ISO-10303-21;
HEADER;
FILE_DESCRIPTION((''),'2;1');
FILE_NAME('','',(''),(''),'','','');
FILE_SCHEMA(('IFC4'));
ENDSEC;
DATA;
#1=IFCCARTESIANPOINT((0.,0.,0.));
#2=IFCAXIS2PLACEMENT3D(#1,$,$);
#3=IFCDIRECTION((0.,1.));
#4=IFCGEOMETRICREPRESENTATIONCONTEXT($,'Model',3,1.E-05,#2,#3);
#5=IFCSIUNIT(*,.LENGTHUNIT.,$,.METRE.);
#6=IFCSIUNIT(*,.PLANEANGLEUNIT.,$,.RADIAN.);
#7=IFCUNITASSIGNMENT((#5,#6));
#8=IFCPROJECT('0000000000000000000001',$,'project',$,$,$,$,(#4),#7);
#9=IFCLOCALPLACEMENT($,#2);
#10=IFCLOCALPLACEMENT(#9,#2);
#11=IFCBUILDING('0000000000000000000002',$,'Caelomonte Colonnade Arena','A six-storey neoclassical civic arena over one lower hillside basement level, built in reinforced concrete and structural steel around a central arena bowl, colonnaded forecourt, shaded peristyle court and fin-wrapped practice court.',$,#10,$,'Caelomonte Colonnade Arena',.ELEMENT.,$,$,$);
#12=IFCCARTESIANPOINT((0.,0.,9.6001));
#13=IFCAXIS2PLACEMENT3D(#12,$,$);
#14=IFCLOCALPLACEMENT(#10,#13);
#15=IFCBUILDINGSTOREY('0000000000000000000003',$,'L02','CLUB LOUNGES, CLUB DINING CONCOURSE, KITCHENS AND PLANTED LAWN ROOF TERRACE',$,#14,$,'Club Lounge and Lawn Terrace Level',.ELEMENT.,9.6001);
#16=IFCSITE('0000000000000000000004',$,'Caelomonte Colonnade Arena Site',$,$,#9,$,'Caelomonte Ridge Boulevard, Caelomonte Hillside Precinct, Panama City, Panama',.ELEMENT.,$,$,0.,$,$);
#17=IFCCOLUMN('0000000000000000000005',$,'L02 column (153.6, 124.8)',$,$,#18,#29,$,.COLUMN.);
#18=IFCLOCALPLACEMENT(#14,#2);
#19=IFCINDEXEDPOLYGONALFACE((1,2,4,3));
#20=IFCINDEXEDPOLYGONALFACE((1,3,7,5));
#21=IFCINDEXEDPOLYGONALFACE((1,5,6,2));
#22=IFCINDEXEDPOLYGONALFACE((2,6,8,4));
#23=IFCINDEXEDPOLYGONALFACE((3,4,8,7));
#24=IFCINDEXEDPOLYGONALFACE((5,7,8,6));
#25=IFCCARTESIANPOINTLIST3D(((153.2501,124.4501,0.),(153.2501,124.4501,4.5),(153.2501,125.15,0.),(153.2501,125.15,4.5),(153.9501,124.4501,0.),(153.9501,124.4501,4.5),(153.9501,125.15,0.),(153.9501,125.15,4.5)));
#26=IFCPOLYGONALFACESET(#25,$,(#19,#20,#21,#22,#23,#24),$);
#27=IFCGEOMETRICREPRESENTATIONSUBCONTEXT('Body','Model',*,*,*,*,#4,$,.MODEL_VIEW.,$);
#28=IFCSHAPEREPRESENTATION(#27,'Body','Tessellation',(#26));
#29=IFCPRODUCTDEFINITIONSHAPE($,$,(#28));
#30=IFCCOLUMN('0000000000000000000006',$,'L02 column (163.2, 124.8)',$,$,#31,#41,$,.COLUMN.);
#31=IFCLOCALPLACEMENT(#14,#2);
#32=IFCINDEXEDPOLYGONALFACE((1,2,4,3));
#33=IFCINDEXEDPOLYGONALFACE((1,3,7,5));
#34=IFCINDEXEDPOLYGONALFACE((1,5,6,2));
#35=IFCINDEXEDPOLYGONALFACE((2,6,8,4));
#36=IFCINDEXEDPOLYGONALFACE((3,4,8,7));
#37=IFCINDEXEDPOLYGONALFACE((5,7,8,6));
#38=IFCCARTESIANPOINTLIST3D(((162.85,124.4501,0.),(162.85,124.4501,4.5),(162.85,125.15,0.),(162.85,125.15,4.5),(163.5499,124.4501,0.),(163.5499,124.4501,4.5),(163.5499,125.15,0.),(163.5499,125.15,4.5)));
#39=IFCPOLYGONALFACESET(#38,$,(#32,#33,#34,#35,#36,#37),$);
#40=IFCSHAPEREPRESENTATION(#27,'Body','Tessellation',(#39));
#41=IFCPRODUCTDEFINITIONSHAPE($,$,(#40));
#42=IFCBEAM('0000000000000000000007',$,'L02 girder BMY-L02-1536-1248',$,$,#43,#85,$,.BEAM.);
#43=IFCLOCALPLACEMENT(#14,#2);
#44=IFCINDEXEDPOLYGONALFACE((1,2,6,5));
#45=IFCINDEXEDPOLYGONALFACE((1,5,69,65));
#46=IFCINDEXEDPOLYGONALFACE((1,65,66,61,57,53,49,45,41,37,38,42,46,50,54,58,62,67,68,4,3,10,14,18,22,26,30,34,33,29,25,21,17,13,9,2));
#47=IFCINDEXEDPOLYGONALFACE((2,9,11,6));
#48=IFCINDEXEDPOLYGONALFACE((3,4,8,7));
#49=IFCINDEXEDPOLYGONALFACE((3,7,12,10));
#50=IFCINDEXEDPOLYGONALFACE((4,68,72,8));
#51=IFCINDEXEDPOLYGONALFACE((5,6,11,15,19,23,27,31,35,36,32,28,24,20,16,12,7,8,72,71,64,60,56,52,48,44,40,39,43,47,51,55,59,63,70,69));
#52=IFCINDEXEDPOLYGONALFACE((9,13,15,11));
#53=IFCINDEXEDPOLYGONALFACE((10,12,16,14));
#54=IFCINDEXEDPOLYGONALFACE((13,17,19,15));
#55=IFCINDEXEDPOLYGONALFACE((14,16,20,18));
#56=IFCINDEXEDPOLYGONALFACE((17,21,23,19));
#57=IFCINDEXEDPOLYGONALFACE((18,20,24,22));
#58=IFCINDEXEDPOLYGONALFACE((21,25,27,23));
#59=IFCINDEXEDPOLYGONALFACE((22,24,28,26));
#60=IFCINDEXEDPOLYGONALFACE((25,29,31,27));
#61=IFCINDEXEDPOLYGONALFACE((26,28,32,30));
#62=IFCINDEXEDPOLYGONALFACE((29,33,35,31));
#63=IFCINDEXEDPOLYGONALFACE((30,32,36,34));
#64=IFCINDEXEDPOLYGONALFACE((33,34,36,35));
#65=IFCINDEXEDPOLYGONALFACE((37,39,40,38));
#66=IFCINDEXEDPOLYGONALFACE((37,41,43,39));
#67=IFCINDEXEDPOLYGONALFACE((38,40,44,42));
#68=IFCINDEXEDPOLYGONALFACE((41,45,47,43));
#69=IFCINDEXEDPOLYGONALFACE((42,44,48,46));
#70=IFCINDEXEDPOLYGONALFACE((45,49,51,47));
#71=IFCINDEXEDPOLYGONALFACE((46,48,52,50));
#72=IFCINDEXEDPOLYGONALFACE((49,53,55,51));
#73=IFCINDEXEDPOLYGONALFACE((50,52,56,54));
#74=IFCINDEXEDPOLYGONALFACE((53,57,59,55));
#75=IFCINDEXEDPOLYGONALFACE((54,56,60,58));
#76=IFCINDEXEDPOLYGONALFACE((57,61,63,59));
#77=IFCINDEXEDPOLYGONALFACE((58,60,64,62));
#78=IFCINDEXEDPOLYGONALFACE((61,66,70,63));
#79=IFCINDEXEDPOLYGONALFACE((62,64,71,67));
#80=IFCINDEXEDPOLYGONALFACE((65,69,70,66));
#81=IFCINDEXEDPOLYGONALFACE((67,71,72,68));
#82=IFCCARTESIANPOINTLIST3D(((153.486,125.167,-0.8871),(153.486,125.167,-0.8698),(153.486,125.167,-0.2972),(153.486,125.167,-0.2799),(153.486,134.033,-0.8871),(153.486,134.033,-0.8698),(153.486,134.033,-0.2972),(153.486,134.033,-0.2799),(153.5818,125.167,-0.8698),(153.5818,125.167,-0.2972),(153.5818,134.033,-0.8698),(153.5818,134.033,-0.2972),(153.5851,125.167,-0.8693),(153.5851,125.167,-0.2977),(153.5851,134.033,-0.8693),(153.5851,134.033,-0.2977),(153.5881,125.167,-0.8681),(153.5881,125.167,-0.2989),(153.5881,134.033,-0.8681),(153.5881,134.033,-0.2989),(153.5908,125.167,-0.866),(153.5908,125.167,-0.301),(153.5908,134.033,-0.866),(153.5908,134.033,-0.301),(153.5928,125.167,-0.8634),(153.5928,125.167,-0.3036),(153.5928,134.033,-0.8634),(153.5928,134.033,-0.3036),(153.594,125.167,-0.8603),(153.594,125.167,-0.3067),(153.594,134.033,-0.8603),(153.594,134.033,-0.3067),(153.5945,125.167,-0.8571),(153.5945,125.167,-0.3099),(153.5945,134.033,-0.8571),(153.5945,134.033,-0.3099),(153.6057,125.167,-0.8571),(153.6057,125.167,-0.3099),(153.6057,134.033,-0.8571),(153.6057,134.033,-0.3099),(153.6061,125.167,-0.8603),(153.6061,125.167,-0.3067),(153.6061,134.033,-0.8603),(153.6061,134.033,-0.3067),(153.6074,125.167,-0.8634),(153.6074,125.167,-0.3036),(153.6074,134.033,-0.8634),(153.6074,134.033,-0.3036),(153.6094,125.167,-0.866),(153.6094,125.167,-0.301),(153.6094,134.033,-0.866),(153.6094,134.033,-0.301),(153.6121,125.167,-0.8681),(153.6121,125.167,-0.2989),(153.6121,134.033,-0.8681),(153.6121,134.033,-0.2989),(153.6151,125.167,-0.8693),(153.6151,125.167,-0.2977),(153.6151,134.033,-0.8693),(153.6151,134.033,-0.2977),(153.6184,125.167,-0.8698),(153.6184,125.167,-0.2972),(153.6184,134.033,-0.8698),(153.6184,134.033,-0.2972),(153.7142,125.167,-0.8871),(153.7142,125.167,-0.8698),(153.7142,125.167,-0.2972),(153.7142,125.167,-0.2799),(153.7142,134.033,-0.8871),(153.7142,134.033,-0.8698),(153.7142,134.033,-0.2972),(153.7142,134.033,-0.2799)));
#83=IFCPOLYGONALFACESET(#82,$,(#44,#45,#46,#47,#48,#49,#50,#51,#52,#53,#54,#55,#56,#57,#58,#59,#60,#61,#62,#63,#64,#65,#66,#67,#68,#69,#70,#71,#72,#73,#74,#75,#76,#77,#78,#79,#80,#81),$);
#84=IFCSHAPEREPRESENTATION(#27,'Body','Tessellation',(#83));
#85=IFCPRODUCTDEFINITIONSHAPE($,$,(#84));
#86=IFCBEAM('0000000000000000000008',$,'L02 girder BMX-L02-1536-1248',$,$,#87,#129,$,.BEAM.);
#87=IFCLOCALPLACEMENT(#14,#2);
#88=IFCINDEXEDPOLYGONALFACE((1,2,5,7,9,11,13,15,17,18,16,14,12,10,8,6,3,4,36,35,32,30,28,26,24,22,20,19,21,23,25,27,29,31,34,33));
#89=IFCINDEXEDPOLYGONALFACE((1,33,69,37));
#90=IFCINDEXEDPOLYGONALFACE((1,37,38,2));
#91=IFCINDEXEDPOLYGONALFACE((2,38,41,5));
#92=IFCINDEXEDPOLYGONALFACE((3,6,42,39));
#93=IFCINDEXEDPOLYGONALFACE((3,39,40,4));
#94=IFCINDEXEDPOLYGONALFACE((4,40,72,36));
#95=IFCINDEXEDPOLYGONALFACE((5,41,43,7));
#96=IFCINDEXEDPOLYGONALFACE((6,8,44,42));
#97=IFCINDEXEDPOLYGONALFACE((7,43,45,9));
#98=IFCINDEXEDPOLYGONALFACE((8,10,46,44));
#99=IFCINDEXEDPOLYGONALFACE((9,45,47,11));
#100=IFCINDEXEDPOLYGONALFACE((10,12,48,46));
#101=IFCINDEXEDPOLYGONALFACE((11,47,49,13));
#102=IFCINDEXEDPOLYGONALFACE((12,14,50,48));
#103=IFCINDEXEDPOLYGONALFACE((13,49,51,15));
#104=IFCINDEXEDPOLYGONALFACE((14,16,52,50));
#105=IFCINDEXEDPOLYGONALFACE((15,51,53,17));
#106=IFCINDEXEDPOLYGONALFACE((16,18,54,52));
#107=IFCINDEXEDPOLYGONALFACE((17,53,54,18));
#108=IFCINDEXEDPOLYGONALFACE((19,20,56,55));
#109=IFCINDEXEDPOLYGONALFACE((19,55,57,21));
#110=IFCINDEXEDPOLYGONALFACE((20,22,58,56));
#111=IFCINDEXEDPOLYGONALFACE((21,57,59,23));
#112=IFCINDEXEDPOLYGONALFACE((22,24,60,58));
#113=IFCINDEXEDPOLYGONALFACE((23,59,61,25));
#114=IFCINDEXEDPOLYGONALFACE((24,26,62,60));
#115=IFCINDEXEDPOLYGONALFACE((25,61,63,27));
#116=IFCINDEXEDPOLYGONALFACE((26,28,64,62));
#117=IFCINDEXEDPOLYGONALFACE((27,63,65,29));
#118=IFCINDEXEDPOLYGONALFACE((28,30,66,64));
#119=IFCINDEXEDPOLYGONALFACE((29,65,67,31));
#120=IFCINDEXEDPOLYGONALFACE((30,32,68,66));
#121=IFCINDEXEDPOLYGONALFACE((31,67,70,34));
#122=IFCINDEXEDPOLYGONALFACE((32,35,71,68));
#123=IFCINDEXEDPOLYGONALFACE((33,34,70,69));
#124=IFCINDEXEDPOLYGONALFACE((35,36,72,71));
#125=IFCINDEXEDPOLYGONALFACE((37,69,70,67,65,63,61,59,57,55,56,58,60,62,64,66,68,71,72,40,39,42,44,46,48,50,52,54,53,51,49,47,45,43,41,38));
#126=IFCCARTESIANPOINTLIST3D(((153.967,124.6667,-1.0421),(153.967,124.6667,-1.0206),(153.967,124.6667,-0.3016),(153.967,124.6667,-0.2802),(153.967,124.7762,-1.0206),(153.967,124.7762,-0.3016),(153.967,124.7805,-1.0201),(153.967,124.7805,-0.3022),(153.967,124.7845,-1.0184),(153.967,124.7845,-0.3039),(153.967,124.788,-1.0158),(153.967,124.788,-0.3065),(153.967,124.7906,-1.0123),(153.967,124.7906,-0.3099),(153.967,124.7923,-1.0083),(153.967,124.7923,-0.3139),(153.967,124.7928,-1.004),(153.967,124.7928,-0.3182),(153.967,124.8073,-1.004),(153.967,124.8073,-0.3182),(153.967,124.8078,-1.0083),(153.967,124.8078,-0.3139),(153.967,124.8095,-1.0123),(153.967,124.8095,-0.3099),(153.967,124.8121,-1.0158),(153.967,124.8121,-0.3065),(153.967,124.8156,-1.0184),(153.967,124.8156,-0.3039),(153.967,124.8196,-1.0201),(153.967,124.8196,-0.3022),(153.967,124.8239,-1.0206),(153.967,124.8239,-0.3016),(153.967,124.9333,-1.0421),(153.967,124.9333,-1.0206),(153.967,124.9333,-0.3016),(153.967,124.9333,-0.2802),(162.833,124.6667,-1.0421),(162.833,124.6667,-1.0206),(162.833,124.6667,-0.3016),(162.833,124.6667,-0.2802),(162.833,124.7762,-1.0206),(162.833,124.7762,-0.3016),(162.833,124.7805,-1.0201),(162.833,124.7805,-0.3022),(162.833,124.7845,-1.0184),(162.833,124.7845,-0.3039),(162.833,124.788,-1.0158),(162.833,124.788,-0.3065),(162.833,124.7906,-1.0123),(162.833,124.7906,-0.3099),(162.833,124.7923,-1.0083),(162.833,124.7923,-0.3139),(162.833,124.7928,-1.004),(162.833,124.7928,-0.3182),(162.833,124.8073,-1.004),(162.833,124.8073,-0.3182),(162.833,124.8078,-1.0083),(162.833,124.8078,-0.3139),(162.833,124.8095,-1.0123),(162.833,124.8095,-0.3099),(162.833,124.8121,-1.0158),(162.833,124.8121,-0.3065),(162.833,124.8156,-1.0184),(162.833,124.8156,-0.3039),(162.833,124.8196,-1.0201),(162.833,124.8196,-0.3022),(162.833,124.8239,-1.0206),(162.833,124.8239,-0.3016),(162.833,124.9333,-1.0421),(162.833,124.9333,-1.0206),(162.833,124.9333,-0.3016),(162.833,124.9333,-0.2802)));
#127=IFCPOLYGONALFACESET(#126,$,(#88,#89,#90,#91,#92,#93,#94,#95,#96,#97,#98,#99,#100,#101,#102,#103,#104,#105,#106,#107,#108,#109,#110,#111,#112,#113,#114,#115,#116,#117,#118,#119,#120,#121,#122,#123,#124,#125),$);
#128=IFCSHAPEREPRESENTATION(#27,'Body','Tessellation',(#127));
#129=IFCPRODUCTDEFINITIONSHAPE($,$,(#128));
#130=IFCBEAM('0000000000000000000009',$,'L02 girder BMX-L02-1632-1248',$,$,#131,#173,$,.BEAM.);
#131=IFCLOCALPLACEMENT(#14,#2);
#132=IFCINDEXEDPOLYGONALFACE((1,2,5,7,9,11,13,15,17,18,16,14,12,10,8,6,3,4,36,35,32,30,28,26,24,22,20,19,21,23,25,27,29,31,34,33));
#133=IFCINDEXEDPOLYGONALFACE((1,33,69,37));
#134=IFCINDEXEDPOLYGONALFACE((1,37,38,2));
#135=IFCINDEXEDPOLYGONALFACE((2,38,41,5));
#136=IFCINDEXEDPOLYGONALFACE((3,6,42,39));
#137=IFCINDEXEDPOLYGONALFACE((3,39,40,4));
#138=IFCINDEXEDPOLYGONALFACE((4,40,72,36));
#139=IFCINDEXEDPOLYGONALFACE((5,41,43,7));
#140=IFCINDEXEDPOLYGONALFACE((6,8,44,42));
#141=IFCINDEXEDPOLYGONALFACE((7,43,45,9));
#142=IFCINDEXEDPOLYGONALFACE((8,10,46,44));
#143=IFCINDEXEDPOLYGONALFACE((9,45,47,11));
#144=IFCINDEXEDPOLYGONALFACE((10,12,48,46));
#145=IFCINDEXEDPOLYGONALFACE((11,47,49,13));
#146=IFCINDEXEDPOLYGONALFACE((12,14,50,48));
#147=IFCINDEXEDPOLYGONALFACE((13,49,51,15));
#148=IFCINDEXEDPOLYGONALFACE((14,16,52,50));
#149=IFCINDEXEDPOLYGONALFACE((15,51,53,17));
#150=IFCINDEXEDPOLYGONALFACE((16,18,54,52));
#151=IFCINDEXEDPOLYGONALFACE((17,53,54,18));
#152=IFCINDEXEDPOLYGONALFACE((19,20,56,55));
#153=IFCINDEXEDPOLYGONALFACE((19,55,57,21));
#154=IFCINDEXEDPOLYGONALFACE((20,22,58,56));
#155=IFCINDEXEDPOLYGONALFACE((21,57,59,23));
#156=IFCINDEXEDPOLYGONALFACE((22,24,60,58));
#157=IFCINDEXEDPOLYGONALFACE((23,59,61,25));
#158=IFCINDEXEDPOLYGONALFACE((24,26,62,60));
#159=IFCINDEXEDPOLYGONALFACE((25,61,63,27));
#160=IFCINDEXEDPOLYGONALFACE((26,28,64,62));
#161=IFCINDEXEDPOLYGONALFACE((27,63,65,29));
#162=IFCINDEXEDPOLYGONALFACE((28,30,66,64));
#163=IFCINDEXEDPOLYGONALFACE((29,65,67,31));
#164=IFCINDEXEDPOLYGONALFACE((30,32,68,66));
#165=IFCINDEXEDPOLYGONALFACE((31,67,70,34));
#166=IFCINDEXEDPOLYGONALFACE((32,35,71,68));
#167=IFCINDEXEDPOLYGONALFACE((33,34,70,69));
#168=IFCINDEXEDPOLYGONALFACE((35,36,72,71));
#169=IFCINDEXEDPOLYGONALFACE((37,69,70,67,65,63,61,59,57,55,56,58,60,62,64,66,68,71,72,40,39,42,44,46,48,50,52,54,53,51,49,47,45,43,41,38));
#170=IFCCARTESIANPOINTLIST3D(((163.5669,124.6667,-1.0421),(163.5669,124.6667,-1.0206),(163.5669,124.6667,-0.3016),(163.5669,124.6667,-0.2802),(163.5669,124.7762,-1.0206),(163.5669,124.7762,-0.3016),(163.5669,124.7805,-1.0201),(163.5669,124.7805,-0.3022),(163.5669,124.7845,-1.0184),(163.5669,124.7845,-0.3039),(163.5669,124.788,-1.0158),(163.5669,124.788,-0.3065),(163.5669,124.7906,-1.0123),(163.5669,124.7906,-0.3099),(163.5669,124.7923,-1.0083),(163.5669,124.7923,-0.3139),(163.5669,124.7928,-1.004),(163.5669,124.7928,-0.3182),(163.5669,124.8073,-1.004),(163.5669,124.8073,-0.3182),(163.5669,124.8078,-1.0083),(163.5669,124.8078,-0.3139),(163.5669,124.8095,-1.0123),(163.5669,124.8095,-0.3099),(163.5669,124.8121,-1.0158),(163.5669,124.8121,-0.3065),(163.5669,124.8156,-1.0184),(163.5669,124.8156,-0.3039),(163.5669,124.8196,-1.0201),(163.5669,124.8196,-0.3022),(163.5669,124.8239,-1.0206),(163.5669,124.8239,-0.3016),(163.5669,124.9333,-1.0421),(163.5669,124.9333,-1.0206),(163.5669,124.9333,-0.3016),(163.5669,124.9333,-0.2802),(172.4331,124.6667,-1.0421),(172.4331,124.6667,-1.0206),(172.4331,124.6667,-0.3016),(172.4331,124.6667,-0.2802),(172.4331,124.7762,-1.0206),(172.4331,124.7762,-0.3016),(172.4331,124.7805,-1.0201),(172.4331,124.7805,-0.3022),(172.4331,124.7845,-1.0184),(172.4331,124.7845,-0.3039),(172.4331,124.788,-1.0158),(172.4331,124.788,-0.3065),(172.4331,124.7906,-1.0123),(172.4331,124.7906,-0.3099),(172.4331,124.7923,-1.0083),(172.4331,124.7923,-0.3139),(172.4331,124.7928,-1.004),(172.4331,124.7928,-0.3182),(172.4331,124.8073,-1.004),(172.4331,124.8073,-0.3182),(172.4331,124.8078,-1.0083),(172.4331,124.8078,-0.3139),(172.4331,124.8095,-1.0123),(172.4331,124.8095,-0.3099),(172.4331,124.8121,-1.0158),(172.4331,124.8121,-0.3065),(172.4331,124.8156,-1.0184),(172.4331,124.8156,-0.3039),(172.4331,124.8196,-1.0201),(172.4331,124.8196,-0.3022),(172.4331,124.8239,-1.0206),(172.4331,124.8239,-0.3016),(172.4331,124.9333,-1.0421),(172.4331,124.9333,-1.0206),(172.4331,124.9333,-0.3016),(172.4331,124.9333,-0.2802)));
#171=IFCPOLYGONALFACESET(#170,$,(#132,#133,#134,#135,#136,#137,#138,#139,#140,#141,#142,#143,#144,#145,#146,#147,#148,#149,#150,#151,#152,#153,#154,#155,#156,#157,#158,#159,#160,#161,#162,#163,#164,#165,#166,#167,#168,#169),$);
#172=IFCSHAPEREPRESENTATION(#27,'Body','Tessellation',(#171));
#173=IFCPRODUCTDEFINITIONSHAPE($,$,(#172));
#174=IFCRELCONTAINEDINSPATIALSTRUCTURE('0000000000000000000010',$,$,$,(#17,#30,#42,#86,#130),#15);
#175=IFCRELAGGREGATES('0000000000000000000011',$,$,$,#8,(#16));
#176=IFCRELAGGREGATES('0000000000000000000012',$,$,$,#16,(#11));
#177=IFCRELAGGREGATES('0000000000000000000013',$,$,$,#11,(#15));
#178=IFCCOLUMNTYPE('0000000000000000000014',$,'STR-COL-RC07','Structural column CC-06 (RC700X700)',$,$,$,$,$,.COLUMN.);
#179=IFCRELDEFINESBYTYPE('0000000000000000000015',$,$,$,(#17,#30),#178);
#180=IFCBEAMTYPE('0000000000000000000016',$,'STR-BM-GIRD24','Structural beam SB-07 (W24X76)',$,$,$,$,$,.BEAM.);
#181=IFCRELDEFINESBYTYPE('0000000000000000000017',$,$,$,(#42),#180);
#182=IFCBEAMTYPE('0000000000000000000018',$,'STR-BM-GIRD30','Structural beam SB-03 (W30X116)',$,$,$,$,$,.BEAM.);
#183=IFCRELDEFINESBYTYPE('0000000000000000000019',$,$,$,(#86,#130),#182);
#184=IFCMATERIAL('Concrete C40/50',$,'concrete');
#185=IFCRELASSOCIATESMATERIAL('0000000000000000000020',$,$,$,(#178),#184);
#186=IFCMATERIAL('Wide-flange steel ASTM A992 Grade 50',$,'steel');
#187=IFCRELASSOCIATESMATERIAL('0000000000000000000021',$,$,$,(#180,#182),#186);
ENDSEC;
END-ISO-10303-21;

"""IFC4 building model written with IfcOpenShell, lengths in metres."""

from ifc_helpers import new_model, si_unit, direction, frame, origin, origin_2d, place, context, subcontext, project, spatial, rectangle, i_section, extrude, material, material_profile, profile_set, type_object, element, save


model = new_model("IFC4")

# Units and contexts
model_context = context("Model", 3, precision=1e-05, world=origin(), true_north=direction((0.0, 1.0)))
body_context = subcontext(model_context, "Body", "Model", "MODEL_VIEW")
ifc_project = project(units=[si_unit("LENGTHUNIT", "METRE"), si_unit("PLANEANGLEUNIT", "RADIAN")], contexts=[model_context])

# Site, building, storey
site_placement = place(None, origin())
site = spatial("IfcSite", under=ifc_project, at=site_placement, Name="Caelomonte Colonnade Arena Site", LongName="Caelomonte Ridge Boulevard, Caelomonte Hillside Precinct, Panama City, Panama", CompositionType="ELEMENT", RefElevation=0.0)
building_placement = place(site_placement, origin())
building = spatial("IfcBuilding", under=site, at=building_placement, Name="Caelomonte Colonnade Arena", Description="A six-storey neoclassical civic arena over one lower hillside basement level, built in reinforced concrete and structural steel around a central arena bowl, colonnaded forecourt, shaded peristyle court and fin-wrapped practice court.", LongName="Caelomonte Colonnade Arena", CompositionType="ELEMENT")
storey_placement = place(building_placement, frame((0.0, 0.0, 9.6001)))
storey = spatial("IfcBuildingStorey", under=building, at=storey_placement, Name="L02", Description="CLUB LOUNGES, CLUB DINING CONCOURSE, KITCHENS AND PLANTED LAWN ROOF TERRACE", LongName="Club Lounge and Lawn Terrace Level", CompositionType="ELEMENT", Elevation=9.6001)

# Columns
ifc_material_1 = material(Name="Concrete C40/50", Category="concrete")
ifc_material_profile_1 = material_profile(ifc_material_1, rectangle(XDim=0.7, YDim=0.7, at=origin_2d()), Name="RC700X700")
ifc_profile_set_1 = profile_set([ifc_material_profile_1], Name="Concrete C40/50")
column_type = type_object("IfcColumnType", Name="STR-COL-RC07", Description="Structural column CC-06 (RC700X700)", PredefinedType="COLUMN", material=ifc_profile_set_1)
for number, where, z_axis, x_axis, name in (
    (1, (153.6001, 124.8, 0.0), (0.0, 0.0, 1.0), (1.0, 0.0, 0.0), "L02 column (153.6, 124.8)"),
    (2, (163.2, 124.8, 0.0), (0.0, 0.0, 1.0), (1.0, 0.0, 0.0), "L02 column (163.2, 124.8)"),
):
    element("IfcColumn", number, at=place(storey_placement, frame(where, z_axis=z_axis, x_axis=x_axis)), inside=storey, type_object=column_type, Name=name, PredefinedType="COLUMN", context=body_context, shape_type="SweptSolid", body=[
        extrude(rectangle(XDim=0.7, YDim=0.7, at=origin_2d()), origin(), (0.0, 0.0, 1.0), 4.5),
    ])

# Beams
ifc_material_2 = material(Name="Wide-flange steel ASTM A992 Grade 50", Category="steel")
ifc_material_profile_2 = material_profile(ifc_material_2, i_section(OverallWidth=0.2283, OverallDepth=0.6072, WebThickness=0.0112, FlangeThickness=0.0173, FilletRadius=0.0127, at=origin_2d()), Name="W24X76")
ifc_profile_set_2 = profile_set([ifc_material_profile_2], Name="Wide-flange steel ASTM A992 Grade 50")
beam_type_1 = type_object("IfcBeamType", Name="STR-BM-GIRD24", Description="Structural beam SB-07 (W24X76)", PredefinedType="BEAM", material=ifc_profile_set_2)
beam_1_placement = place(storey_placement, frame((153.6001, 125.167, -0.5835), z_axis=(0.0, 1.0, 0.0), x_axis=(-1.0, 0.0, 0.0)))
element("IfcBeam", 3, at=beam_1_placement, inside=storey, type_object=beam_type_1, Name="L02 girder BMY-L02-1536-1248", PredefinedType="BEAM", context=body_context, shape_type="SweptSolid", body=[
    extrude(i_section(OverallWidth=0.2283, OverallDepth=0.6072, WebThickness=0.0112, FlangeThickness=0.0173, FilletRadius=0.0127, at=origin_2d()), origin(), (0.0, 0.0, 1.0), 8.866),
])
ifc_material_profile_3 = material_profile(ifc_material_2, i_section(OverallWidth=0.2666, OverallDepth=0.762, WebThickness=0.0144, FlangeThickness=0.0215, FilletRadius=0.0166, at=origin_2d()), Name="W30X116")
ifc_profile_set_3 = profile_set([ifc_material_profile_3], Name="Wide-flange steel ASTM A992 Grade 50")
beam_type_2 = type_object("IfcBeamType", Name="STR-BM-GIRD30", Description="Structural beam SB-03 (W30X116)", PredefinedType="BEAM", material=ifc_profile_set_3)
beam_2_placement = place(storey_placement, frame((153.967, 124.8, -0.6611), z_axis=(1.0, 0.0, 0.0), x_axis=(0.0, 1.0, 0.0)))
element("IfcBeam", 4, at=beam_2_placement, inside=storey, type_object=beam_type_2, Name="L02 girder BMX-L02-1536-1248", PredefinedType="BEAM", context=body_context, shape_type="SweptSolid", body=[
    extrude(i_section(OverallWidth=0.2666, OverallDepth=0.762, WebThickness=0.0144, FlangeThickness=0.0215, FilletRadius=0.0166, at=origin_2d()), origin(), (0.0, 0.0, 1.0), 8.866),
])
beam_3_placement = place(storey_placement, frame((163.5669, 124.8, -0.6611), z_axis=(1.0, 0.0, 0.0), x_axis=(0.0, 1.0, 0.0)))
element("IfcBeam", 5, at=beam_3_placement, inside=storey, type_object=beam_type_2, Name="L02 girder BMX-L02-1632-1248", PredefinedType="BEAM", context=body_context, shape_type="SweptSolid", body=[
    extrude(i_section(OverallWidth=0.2666, OverallDepth=0.762, WebThickness=0.0144, FlangeThickness=0.0215, FilletRadius=0.0166, at=origin_2d()), origin(), (0.0, 0.0, 1.0), 8.8662),
])

save(model, "model.ifc")
